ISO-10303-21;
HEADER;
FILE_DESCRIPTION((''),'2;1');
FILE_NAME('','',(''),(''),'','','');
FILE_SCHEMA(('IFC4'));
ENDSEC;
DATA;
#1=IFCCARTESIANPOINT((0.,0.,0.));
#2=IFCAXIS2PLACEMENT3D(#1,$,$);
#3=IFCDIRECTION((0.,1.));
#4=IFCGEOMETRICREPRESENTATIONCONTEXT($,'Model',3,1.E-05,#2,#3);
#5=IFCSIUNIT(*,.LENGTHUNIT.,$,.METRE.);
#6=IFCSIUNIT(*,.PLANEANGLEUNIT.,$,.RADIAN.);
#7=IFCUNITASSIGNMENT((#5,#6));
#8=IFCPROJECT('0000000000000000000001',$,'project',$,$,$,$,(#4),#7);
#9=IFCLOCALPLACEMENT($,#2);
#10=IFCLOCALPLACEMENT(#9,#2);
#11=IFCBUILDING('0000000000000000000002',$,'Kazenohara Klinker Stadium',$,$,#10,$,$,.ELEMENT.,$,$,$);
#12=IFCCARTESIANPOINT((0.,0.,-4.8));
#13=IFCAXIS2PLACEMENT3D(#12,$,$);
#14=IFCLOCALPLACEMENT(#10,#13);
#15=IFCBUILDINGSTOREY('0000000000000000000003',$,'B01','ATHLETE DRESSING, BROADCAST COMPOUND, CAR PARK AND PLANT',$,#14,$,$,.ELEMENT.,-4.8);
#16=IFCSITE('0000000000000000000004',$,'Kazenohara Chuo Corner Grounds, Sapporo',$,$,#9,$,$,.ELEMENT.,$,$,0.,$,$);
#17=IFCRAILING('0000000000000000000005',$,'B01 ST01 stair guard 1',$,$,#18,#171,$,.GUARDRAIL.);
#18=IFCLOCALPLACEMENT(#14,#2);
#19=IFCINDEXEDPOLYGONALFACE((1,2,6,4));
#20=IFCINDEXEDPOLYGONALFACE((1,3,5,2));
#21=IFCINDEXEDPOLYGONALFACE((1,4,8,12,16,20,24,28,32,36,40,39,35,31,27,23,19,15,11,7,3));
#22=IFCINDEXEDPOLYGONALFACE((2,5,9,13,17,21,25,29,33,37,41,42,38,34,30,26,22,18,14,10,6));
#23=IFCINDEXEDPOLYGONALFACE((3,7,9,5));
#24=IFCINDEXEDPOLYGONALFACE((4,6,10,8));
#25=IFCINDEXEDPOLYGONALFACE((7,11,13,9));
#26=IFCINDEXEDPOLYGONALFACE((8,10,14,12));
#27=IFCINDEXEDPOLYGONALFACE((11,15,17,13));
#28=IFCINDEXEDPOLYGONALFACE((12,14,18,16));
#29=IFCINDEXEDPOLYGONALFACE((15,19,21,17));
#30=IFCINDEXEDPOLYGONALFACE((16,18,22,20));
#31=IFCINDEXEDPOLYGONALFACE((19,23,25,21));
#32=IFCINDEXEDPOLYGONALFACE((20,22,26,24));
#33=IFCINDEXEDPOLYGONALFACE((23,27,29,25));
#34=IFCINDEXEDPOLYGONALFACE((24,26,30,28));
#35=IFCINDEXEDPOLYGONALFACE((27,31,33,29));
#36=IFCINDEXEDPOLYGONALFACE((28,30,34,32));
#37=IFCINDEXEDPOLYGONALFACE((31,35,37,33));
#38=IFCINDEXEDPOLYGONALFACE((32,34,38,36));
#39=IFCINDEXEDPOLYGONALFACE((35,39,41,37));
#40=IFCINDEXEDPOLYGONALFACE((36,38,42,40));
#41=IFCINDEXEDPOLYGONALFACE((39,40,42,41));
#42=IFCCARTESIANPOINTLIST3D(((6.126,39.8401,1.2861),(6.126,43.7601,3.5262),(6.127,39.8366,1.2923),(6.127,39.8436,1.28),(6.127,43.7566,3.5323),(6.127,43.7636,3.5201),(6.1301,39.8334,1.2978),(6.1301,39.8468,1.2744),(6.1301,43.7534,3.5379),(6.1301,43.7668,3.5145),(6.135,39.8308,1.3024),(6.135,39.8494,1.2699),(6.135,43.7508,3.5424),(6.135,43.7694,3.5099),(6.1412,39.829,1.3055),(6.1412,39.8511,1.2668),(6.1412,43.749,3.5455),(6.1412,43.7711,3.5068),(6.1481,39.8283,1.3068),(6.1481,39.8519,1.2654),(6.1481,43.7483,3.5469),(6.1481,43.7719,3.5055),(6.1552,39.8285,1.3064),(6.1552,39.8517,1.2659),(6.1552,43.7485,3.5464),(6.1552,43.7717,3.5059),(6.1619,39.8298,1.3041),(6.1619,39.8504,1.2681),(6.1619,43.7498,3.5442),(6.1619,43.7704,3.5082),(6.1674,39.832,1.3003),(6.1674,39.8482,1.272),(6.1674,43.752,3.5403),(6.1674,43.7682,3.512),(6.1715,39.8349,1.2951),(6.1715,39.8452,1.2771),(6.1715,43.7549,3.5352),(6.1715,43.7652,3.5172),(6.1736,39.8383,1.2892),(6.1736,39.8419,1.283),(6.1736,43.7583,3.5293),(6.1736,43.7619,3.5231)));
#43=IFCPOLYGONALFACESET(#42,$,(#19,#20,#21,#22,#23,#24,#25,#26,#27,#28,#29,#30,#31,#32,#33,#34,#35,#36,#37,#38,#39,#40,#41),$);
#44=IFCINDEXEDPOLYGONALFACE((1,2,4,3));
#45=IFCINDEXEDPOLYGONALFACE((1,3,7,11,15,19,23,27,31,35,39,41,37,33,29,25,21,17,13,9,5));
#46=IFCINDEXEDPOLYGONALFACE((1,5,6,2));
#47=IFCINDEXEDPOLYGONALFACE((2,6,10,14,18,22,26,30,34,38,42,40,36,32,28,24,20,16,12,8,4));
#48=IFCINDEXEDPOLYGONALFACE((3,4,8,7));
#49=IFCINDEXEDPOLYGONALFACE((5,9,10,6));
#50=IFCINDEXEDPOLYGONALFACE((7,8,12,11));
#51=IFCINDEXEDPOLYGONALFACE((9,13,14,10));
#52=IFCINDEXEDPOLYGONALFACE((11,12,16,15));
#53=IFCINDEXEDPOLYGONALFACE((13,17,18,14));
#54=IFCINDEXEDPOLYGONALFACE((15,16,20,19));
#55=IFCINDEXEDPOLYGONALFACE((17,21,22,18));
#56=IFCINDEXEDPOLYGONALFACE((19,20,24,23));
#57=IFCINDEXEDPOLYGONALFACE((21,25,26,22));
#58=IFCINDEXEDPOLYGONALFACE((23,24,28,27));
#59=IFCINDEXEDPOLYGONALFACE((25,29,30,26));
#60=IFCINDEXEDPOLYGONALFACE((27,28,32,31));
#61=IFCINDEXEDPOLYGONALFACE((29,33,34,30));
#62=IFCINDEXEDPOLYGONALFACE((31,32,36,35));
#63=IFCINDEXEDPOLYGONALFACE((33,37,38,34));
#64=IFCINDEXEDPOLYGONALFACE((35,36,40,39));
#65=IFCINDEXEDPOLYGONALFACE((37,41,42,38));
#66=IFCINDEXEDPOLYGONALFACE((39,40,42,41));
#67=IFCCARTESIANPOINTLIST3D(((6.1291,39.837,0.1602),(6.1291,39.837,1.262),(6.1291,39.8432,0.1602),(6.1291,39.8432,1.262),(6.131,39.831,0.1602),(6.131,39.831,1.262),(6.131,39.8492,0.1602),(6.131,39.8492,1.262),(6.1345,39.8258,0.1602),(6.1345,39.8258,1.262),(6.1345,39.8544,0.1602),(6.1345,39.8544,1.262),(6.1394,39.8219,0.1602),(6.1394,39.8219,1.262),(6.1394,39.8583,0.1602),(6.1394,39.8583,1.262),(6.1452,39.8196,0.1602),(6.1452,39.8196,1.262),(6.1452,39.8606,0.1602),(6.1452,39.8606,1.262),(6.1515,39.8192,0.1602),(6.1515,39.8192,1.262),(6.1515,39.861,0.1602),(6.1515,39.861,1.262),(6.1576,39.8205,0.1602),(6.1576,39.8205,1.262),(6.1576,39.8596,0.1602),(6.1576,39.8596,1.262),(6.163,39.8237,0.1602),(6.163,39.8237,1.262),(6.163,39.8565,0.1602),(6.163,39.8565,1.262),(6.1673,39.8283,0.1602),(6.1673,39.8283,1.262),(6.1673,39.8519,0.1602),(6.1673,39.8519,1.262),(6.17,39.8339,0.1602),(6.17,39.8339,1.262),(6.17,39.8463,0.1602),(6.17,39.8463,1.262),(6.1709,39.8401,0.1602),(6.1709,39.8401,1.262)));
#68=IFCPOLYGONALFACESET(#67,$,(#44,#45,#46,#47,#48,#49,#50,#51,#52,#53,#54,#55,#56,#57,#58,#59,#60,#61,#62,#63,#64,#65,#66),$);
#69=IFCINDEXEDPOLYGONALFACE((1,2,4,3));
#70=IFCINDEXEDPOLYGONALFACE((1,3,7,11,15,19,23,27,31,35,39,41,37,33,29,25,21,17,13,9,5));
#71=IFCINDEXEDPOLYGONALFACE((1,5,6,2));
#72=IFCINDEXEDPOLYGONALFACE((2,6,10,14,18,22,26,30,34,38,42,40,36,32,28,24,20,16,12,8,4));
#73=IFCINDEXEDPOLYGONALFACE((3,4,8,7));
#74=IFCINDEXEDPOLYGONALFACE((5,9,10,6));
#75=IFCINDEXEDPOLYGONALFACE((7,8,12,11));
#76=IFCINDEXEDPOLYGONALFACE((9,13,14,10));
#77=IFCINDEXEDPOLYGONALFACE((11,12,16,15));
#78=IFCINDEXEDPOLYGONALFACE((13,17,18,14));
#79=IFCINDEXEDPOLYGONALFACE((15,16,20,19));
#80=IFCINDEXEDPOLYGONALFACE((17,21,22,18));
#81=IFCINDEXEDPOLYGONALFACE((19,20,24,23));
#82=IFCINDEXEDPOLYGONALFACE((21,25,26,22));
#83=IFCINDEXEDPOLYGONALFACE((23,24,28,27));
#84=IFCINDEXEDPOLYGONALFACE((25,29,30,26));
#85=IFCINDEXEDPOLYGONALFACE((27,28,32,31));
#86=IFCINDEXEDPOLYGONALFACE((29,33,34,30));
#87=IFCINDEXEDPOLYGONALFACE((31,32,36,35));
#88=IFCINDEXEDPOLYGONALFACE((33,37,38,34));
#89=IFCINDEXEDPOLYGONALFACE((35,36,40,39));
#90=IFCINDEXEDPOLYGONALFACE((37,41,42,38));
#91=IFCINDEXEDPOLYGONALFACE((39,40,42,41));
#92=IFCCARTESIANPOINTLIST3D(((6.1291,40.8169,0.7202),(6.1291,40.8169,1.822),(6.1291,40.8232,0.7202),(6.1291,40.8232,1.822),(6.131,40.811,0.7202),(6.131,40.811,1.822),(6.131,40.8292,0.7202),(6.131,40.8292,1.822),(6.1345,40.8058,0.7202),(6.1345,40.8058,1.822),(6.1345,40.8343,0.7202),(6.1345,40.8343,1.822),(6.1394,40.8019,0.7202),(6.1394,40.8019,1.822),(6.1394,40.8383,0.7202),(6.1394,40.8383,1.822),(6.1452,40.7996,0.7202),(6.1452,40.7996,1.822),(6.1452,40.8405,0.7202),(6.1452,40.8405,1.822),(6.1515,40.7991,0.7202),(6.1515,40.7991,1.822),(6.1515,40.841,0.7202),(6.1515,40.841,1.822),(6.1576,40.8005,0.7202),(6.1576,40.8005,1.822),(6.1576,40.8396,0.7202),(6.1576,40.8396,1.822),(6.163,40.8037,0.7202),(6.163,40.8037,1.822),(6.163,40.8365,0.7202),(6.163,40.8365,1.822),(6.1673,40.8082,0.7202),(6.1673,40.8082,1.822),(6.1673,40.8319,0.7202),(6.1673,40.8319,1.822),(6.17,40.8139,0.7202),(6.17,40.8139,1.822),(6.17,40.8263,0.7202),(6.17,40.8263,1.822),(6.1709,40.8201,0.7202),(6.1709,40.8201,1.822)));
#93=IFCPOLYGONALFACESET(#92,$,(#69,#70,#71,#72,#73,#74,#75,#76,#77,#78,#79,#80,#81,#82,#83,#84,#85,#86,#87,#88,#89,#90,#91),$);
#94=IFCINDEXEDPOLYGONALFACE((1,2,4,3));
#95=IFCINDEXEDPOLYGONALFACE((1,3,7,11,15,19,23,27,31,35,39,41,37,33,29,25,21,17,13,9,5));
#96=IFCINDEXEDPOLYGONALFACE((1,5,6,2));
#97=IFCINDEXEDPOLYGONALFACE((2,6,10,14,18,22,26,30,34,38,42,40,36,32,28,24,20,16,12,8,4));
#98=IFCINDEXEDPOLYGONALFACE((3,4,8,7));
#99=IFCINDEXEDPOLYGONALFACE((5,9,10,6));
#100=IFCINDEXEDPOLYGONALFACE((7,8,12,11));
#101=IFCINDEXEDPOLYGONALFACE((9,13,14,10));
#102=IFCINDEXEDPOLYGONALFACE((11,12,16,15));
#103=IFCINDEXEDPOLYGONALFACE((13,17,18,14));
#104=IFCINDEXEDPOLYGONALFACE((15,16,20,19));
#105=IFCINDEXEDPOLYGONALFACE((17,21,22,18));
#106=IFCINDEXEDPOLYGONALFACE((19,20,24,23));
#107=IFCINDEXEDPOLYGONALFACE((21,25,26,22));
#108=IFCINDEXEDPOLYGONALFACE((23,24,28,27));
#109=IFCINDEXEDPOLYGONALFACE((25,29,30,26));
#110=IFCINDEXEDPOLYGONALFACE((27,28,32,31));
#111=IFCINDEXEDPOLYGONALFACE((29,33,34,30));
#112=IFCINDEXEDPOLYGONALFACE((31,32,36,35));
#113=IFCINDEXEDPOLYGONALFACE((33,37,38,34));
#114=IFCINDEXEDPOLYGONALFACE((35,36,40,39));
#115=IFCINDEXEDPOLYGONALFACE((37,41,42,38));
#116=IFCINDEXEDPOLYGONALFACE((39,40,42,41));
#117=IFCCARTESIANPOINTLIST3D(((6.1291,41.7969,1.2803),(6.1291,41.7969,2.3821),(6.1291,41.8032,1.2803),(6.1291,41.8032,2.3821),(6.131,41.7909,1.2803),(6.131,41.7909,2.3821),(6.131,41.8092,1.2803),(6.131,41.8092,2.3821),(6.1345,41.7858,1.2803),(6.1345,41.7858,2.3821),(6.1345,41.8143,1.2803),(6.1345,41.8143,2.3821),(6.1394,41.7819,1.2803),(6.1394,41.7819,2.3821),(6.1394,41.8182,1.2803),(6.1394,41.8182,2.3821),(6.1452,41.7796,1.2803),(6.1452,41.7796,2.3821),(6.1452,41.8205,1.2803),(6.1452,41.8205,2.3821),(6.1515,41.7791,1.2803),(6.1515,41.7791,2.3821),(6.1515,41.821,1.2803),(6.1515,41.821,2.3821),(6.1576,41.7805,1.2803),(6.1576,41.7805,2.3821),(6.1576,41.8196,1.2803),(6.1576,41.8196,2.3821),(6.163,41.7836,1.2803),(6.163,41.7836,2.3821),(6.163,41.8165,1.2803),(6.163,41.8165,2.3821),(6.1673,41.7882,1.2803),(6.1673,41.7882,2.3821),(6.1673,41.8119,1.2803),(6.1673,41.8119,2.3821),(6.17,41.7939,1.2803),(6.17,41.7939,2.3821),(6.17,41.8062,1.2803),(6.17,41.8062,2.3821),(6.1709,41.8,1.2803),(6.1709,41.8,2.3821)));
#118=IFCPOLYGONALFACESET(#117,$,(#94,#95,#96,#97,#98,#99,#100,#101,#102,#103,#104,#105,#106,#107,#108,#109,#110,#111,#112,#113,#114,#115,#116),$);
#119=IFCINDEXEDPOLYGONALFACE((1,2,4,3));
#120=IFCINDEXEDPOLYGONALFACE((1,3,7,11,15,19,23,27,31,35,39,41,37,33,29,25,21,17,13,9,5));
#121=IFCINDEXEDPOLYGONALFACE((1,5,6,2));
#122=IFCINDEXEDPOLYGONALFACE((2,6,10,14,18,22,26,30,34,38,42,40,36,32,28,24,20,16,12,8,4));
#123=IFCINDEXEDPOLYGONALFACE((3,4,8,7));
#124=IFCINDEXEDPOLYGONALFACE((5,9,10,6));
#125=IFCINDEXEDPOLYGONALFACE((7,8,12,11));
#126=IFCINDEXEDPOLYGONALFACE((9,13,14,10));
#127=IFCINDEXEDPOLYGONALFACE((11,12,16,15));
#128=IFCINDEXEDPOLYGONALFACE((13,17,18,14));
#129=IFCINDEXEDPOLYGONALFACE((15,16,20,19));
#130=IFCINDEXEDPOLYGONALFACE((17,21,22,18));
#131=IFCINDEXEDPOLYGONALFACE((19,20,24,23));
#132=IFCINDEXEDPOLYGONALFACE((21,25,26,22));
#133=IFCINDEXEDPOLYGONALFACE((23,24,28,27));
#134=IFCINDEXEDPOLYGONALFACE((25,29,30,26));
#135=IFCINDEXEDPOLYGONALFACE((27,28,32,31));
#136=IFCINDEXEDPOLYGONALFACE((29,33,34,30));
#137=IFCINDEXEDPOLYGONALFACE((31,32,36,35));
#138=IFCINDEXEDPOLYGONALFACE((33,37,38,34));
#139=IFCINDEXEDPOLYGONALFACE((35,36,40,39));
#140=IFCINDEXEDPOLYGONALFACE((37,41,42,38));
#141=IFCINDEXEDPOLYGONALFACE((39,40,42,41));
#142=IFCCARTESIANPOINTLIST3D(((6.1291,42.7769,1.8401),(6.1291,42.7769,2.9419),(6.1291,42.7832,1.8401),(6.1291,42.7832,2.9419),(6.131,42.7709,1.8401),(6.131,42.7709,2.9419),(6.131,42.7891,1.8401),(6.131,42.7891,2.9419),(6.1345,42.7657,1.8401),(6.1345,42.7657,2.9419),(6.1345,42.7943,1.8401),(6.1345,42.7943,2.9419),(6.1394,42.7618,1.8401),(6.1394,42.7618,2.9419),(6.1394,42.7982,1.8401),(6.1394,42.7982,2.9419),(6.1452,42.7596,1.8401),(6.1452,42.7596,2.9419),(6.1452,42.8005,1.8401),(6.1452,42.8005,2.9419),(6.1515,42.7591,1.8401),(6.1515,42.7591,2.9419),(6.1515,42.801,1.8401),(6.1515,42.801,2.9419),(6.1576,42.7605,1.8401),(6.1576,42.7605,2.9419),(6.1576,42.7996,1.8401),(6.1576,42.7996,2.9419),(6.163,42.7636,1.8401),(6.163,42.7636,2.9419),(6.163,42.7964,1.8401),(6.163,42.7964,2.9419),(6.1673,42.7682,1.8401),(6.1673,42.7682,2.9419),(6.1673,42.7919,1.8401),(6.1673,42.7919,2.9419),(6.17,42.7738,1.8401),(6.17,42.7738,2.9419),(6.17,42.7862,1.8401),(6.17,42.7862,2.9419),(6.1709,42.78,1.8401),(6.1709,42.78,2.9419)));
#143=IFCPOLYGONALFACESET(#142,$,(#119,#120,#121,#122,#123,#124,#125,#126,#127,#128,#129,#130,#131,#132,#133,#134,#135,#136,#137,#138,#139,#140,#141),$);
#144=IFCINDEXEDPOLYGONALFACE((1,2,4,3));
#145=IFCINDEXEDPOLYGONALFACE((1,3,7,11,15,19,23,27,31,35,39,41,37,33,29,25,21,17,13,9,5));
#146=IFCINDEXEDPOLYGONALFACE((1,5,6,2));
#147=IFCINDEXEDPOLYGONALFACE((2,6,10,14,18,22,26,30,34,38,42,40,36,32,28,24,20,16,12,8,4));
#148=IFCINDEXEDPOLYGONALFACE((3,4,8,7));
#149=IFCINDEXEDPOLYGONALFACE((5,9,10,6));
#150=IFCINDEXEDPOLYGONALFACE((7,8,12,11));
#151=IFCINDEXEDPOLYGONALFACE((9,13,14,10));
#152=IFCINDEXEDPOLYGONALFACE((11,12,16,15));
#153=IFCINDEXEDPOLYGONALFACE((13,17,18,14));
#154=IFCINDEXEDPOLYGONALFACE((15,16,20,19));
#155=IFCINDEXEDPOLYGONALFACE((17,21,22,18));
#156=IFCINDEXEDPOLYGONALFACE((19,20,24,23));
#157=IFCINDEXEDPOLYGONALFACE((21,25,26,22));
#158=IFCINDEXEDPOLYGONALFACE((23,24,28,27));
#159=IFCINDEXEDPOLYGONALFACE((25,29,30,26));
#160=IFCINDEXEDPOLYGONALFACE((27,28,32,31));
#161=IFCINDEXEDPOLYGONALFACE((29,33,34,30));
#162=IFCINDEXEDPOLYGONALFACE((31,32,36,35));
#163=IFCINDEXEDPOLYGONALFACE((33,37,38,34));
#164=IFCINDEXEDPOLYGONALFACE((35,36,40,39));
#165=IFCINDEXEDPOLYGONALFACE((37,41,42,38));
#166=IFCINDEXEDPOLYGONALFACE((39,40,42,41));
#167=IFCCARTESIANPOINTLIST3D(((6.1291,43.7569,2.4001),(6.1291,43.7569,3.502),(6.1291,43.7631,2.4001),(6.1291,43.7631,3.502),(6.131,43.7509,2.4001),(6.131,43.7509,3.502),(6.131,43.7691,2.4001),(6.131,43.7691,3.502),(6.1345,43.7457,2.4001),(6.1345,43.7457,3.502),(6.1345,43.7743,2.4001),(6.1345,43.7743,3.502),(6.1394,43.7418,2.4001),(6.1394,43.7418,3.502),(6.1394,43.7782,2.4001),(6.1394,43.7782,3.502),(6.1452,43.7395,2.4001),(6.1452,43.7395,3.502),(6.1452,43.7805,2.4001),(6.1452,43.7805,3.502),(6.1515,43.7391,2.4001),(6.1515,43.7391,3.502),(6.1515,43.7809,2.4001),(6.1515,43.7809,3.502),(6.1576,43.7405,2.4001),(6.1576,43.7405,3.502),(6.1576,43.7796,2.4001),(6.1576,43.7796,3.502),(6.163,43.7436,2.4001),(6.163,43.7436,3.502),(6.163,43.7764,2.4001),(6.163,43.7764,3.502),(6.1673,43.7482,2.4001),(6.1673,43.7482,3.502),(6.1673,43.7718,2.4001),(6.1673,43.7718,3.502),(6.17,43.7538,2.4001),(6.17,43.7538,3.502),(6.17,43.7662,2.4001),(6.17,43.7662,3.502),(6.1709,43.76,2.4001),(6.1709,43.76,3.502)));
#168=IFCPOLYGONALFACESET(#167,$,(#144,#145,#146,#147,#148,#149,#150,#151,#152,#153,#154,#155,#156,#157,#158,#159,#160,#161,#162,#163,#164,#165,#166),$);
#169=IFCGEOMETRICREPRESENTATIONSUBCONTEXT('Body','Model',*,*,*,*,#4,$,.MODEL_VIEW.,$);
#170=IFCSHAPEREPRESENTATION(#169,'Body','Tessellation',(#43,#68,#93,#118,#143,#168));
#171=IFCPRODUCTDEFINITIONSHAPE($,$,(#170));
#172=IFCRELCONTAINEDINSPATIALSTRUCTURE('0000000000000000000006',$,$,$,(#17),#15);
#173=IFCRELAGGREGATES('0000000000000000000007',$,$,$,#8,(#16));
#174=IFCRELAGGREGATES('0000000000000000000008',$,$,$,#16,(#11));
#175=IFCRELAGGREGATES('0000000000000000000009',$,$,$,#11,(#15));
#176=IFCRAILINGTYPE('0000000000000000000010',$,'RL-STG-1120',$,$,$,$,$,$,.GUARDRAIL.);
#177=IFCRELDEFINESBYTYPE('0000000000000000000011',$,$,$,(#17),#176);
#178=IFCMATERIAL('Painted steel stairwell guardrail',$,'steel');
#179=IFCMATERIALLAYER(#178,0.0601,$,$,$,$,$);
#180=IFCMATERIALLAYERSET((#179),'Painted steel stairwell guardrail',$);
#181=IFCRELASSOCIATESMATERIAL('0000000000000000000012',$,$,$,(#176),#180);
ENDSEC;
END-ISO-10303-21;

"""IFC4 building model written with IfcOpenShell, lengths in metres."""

from ifc_helpers import new_model, si_unit, direction, frame, origin, origin_2d, place, context, subcontext, project, spatial, circle, extrude, material, layer, layer_set, type_object, element, save


model = new_model("IFC4")

# Units and contexts
model_context = context("Model", 3, precision=1e-05, world=origin(), true_north=direction((0.0, 1.0)))
body_context = subcontext(model_context, "Body", "Model", "MODEL_VIEW")
ifc_project = project(units=[si_unit("LENGTHUNIT", "METRE"), si_unit("PLANEANGLEUNIT", "RADIAN")], contexts=[model_context])

# Site, building, storey
site_placement = place(None, origin())
site = spatial("IfcSite", under=ifc_project, at=site_placement, Name="Kazenohara Chuo Corner Grounds, Sapporo", CompositionType="ELEMENT", RefElevation=0.0)
building_placement = place(site_placement, origin())
building = spatial("IfcBuilding", under=site, at=building_placement, Name="Kazenohara Klinker Stadium", CompositionType="ELEMENT")
storey_placement = place(building_placement, frame((0.0, 0.0, -4.8)))
storey = spatial("IfcBuildingStorey", under=building, at=storey_placement, Name="B01", Description="ATHLETE DRESSING, BROADCAST COMPOUND, CAR PARK AND PLANT", CompositionType="ELEMENT", Elevation=-4.8)

# Railing
ifc_material_1 = material(Name="Painted steel stairwell guardrail", Category="steel")
ifc_layer_1 = layer(ifc_material_1, 0.0601)
ifc_layer_set_1 = layer_set([ifc_layer_1], Name="Painted steel stairwell guardrail")
railing_type_1 = type_object("IfcRailingType", Name="RL-STG-1120", PredefinedType="GUARDRAIL", material=ifc_layer_set_1)
railing_1_placement = place(storey_placement, frame((6.1499, 39.8401, 0.1602)))
element("IfcRailing", 1, at=railing_1_placement, inside=storey, type_object=railing_type_1, Name="B01 ST01 stair guard 1", PredefinedType="GUARDRAIL", context=body_context, shape_type="SweptSolid", body=[
    extrude(circle(Radius=0.0239, at=origin_2d()), frame((0.0, 0.0, 1.126), z_axis=(0.0, 0.86824, 0.496145), x_axis=(-1.0, 0.0, 0.0)), (0.0, 0.0, 1.0), 4.5149),
    extrude(circle(Radius=0.021, at=origin_2d()), origin(), (0.0, 0.0, 1.0), 1.1018),
    extrude(circle(Radius=0.021, at=origin_2d()), frame((0.0, 0.98, 0.5601)), (0.0, 0.0, 1.0), 1.1018),
    extrude(circle(Radius=0.021, at=origin_2d()), frame((0.0, 1.96, 1.1201)), (0.0, 0.0, 1.0), 1.1018),
    extrude(circle(Radius=0.021, at=origin_2d()), frame((0.0, 2.9399, 1.6799)), (0.0, 0.0, 1.0), 1.1018),
    extrude(circle(Radius=0.021, at=origin_2d()), frame((0.0, 3.9199, 2.24)), (0.0, 0.0, 1.0), 1.1018),
])

save(model, "model.ifc")
